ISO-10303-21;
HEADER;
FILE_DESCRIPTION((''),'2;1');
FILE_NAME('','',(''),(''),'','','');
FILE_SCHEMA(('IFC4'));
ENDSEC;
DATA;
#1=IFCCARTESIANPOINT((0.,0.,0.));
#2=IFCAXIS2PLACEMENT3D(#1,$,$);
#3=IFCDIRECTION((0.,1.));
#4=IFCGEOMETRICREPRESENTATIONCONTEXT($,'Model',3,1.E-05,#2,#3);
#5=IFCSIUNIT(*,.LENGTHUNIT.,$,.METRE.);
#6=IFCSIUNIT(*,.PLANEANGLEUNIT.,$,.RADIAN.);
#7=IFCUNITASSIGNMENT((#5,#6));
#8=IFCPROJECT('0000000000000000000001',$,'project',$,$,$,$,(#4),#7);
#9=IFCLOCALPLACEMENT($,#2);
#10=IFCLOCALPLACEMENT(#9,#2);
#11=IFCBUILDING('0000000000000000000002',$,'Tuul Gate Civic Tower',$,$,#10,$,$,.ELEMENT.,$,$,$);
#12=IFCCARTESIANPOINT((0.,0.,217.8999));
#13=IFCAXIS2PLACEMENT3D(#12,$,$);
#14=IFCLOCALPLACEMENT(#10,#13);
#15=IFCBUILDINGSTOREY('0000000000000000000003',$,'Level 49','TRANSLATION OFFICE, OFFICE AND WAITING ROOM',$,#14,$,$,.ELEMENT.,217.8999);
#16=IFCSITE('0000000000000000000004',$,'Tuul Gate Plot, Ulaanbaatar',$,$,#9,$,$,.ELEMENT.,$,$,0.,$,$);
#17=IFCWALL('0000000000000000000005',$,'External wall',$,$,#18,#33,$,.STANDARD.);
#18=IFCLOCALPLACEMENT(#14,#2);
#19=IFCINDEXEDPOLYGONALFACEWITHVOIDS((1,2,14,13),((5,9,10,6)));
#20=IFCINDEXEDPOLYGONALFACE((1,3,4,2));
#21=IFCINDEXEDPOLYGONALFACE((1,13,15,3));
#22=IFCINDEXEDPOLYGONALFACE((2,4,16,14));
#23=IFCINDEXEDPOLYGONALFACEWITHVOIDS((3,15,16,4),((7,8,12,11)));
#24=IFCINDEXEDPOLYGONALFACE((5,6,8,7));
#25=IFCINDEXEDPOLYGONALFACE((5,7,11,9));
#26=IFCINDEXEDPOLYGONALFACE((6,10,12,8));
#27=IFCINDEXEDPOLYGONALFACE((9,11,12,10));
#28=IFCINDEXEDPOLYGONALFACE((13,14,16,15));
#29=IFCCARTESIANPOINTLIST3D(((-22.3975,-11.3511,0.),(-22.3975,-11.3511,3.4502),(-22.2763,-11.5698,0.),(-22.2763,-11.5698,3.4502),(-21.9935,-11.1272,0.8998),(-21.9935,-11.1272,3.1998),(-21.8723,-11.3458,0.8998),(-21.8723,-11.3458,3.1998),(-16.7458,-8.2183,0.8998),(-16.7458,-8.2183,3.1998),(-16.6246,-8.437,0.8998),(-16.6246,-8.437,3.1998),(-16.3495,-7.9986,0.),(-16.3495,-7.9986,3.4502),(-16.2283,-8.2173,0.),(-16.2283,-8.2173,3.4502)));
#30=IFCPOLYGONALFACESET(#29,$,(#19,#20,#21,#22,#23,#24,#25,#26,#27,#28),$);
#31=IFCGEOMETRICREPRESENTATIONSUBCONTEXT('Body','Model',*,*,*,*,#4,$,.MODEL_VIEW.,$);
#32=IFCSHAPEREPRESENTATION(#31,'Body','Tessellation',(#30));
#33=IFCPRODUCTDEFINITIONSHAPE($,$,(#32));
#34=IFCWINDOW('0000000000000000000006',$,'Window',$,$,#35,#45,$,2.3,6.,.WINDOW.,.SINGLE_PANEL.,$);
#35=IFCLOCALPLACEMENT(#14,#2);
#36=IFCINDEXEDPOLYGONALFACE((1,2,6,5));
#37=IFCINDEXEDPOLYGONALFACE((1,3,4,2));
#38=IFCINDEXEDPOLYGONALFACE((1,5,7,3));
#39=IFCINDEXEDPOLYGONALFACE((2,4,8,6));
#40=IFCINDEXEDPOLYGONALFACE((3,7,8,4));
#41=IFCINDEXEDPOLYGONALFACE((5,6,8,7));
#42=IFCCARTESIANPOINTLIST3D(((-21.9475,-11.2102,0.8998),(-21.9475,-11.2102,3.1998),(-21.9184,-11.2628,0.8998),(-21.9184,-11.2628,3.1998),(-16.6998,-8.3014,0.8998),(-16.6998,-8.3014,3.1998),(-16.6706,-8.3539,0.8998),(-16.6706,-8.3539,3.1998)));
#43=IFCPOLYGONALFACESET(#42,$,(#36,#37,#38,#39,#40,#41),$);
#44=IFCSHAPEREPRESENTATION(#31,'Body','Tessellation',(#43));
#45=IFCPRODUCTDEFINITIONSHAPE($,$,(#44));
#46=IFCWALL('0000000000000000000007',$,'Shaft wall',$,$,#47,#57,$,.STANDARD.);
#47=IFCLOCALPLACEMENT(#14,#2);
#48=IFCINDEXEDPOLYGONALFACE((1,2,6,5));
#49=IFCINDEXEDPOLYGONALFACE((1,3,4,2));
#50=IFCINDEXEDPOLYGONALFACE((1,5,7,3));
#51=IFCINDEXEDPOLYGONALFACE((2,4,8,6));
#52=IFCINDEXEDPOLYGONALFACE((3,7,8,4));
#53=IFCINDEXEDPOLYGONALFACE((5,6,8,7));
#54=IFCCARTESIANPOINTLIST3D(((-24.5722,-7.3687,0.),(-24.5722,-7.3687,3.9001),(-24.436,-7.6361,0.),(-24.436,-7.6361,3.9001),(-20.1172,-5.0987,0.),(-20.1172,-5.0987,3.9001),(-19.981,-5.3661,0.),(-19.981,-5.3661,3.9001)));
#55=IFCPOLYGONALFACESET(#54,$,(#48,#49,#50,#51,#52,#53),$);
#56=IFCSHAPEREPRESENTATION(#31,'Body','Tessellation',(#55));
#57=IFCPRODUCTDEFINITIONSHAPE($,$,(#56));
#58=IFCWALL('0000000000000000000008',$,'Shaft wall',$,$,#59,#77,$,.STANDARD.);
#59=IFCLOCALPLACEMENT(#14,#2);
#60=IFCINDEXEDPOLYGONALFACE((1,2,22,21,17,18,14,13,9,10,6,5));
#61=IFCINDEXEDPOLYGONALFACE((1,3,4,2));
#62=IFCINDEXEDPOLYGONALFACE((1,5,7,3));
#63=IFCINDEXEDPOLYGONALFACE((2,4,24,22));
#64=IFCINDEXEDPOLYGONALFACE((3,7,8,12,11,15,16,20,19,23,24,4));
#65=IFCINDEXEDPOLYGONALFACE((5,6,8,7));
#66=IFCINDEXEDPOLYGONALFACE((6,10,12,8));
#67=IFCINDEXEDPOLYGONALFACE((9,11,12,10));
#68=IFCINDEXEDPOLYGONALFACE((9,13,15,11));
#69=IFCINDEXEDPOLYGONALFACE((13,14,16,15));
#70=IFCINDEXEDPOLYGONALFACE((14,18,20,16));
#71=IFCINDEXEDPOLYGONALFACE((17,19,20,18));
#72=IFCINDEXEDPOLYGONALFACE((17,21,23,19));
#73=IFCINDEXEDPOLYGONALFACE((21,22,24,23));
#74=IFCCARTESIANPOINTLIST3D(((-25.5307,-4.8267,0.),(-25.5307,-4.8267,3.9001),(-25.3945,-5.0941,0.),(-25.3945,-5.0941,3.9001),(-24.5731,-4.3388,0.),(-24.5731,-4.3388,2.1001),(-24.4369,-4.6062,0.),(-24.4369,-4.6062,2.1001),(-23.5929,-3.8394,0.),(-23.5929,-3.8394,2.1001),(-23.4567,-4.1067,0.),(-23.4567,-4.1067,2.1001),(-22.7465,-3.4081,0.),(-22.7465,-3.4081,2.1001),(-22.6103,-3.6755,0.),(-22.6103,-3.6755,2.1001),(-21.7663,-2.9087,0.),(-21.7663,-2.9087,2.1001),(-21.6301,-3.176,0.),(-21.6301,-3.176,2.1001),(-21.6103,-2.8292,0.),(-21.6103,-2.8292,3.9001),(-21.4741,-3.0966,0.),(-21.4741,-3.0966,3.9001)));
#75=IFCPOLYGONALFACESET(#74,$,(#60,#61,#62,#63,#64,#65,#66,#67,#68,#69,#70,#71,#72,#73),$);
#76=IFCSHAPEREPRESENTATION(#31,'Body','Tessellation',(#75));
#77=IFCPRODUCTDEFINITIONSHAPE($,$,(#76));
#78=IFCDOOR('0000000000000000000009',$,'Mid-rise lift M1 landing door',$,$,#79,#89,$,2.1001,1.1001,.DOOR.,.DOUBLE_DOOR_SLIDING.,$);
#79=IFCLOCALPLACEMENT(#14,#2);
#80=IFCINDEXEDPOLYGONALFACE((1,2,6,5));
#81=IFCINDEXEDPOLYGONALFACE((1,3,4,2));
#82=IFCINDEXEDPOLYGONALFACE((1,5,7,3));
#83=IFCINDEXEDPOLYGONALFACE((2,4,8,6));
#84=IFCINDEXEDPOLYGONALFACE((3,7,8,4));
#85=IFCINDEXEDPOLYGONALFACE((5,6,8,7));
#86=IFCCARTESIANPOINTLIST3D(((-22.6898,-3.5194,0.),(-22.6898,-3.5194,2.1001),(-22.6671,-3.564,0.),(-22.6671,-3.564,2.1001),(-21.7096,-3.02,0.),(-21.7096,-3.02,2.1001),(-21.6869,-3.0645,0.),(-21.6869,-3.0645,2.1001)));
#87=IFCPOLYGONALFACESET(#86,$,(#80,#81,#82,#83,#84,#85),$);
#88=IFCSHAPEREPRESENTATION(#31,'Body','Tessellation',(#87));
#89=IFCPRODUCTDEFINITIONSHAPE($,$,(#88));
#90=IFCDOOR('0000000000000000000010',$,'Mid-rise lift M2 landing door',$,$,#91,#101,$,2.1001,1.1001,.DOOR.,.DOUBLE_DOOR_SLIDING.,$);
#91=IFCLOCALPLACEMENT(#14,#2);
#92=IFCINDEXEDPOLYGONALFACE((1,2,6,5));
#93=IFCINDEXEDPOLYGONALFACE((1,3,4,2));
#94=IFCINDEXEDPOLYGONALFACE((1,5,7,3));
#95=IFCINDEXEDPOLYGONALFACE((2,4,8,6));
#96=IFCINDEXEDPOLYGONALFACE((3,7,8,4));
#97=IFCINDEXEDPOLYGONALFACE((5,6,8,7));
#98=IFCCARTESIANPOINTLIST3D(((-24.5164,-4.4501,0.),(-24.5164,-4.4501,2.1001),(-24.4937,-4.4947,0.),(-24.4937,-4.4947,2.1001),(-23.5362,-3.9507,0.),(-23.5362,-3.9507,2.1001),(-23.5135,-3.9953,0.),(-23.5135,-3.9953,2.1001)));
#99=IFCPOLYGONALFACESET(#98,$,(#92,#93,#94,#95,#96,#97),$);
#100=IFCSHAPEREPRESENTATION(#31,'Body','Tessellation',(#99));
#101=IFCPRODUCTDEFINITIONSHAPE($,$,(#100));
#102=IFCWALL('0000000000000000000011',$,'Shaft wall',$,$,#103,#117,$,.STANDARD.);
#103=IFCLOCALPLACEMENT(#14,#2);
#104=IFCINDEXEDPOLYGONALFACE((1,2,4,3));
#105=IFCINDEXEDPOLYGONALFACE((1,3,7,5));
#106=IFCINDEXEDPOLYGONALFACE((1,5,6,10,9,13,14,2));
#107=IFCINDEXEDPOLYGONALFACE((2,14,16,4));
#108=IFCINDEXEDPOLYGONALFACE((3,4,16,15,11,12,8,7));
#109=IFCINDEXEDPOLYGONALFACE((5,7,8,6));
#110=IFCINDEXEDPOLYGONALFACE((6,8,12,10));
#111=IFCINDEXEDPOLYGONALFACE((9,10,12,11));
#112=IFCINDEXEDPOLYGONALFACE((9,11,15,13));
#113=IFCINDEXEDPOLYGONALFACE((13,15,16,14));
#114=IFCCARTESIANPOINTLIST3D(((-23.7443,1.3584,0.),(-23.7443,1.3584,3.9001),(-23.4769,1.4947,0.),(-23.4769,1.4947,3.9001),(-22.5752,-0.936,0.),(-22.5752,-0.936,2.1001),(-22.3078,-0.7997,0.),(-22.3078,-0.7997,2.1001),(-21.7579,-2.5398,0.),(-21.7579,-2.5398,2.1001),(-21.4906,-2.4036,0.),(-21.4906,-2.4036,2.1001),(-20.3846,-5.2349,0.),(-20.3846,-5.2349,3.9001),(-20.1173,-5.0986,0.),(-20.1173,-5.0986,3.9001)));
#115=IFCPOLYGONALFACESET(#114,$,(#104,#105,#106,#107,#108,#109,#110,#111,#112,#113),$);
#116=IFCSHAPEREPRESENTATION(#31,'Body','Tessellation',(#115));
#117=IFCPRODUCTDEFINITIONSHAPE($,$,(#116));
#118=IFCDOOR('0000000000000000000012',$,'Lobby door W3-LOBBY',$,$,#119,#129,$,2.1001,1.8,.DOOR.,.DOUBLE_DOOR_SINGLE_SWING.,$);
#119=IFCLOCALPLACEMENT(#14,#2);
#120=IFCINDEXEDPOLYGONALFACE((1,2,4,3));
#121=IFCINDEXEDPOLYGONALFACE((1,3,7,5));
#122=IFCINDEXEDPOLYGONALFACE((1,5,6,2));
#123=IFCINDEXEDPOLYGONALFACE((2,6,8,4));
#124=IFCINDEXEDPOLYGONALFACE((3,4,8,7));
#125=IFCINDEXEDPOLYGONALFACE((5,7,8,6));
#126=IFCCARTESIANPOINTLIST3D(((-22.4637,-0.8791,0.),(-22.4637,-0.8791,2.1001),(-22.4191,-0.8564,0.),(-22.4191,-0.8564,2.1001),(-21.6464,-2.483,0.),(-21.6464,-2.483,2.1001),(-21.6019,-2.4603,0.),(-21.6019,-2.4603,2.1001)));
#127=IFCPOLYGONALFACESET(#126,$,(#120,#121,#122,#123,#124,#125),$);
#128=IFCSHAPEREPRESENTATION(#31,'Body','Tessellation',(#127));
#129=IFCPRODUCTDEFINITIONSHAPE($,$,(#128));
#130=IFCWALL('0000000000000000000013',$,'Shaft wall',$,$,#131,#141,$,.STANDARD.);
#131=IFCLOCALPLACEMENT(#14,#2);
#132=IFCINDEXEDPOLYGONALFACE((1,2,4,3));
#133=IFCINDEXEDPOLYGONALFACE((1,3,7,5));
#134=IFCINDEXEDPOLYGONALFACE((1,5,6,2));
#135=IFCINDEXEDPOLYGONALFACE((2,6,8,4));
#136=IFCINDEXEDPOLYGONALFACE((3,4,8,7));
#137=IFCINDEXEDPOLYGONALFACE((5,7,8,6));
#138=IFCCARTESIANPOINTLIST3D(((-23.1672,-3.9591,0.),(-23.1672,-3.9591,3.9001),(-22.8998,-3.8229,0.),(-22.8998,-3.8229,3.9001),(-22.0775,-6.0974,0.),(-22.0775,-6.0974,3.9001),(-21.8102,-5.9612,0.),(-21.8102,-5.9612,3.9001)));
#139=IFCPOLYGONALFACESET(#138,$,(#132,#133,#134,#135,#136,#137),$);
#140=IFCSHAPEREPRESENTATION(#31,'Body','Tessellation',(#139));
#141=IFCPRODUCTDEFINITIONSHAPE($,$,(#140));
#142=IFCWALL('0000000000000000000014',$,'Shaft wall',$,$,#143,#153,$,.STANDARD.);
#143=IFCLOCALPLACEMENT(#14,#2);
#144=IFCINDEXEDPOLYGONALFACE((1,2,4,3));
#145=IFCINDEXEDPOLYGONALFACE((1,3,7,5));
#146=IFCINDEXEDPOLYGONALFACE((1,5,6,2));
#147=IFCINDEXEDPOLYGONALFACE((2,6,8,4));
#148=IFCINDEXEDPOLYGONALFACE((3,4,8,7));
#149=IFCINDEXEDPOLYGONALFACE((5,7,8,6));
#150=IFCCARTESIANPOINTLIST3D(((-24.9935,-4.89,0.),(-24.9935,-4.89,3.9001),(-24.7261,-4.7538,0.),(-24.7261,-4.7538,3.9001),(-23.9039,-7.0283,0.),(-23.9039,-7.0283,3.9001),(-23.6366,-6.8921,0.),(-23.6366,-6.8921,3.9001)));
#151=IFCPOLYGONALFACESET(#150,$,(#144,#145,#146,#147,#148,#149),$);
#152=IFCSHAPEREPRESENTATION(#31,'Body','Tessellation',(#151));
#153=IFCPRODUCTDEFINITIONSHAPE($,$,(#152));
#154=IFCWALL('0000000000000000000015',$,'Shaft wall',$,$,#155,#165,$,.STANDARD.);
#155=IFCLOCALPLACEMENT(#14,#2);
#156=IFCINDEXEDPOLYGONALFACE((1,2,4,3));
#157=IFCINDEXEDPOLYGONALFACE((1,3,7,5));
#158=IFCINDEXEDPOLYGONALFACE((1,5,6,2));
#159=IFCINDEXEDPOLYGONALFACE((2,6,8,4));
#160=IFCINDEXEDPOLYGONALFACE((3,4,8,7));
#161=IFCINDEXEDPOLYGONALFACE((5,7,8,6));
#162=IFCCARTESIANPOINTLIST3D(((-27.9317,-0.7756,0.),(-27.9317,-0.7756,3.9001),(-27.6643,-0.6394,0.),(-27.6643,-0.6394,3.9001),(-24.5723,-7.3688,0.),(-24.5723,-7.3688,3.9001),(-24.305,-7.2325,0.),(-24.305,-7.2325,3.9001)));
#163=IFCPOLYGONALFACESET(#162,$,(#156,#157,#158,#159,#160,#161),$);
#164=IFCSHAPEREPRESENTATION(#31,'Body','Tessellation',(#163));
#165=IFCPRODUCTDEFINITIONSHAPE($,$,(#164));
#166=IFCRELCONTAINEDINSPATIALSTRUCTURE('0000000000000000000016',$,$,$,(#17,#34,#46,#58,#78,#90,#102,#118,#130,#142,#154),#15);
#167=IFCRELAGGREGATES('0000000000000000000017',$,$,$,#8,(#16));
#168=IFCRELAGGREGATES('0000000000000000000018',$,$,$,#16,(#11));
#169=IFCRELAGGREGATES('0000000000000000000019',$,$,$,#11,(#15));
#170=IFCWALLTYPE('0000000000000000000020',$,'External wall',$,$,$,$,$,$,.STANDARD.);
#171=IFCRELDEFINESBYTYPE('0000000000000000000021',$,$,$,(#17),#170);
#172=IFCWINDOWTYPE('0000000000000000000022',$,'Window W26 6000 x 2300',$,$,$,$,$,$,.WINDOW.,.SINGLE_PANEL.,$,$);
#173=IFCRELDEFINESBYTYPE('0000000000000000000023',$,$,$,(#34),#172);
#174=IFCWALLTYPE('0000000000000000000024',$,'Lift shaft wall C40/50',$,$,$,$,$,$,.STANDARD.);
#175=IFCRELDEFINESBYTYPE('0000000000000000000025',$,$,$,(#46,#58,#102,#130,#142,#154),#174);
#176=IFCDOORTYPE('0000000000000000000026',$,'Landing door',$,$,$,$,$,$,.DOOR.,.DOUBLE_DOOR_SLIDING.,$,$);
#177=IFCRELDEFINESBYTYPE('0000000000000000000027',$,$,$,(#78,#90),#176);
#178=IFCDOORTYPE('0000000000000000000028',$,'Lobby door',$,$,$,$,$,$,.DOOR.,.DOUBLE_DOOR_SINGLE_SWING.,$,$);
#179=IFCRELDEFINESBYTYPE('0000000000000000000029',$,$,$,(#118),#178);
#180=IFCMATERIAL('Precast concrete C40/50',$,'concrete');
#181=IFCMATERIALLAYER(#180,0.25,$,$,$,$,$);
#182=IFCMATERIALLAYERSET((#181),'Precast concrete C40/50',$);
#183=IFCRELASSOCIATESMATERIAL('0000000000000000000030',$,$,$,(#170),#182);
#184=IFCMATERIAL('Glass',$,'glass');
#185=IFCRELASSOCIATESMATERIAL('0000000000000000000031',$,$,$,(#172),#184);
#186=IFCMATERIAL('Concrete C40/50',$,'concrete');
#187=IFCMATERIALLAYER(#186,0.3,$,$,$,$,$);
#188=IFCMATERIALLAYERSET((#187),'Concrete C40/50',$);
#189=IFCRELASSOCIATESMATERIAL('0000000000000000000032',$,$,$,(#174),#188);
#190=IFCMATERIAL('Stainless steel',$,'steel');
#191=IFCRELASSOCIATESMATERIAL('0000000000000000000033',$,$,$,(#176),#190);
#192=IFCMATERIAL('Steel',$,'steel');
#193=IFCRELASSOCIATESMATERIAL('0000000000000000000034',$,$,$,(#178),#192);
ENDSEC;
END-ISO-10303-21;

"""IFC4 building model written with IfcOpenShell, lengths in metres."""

from ifc_helpers import new_model, si_unit, direction, frame, frame_2d, origin, place, context, subcontext, project, spatial, rectangle, extrude, material, layer, layer_set, type_object, element, fill, save


model = new_model("IFC4")

# Units and contexts
model_context = context("Model", 3, precision=1e-05, world=origin(), true_north=direction((0.0, 1.0)))
body_context = subcontext(model_context, "Body", "Model", "MODEL_VIEW")
ifc_project = project(units=[si_unit("LENGTHUNIT", "METRE"), si_unit("PLANEANGLEUNIT", "RADIAN")], contexts=[model_context])

# Site, building, storey
site_placement = place(None, origin())
site = spatial("IfcSite", under=ifc_project, at=site_placement, Name="Tuul Gate Plot, Ulaanbaatar", CompositionType="ELEMENT", RefElevation=0.0)
building_placement = place(site_placement, origin())
building = spatial("IfcBuilding", under=site, at=building_placement, Name="Tuul Gate Civic Tower", CompositionType="ELEMENT")
storey_placement = place(building_placement, frame((0.0, 0.0, 217.8999)))
storey = spatial("IfcBuildingStorey", under=building, at=storey_placement, Name="Level 49", Description="TRANSLATION OFFICE, OFFICE AND WAITING ROOM", CompositionType="ELEMENT", Elevation=217.8999)

# Wall, opening, window
ifc_material_1 = material(Name="Precast concrete C40/50", Category="concrete")
ifc_layer_1 = layer(ifc_material_1, 0.25)
ifc_layer_set_1 = layer_set([ifc_layer_1], Name="Precast concrete C40/50")
wall_type_1 = type_object("IfcWallType", Name="External wall", PredefinedType="STANDARD", material=ifc_layer_set_1)
wall_1_placement = place(storey_placement, frame((-22.3369, -11.4604, 0.0), z_axis=(0.0, 0.0, 1.0), x_axis=(0.874618, 0.484812, 0.0)))
wall_1 = element("IfcWall", 1, at=wall_1_placement, inside=storey, type_object=wall_type_1, Name="External wall", PredefinedType="STANDARD", context=body_context, shape_type="SweptSolid", body=[
    extrude(rectangle(XDim=6.915, YDim=0.25, at=frame_2d((3.4575, 0.0))), origin(), (0.0, 0.0, 1.0), 3.4502),
])
opening_1_placement = place(wall_1_placement, frame((0.4619, 0.0, 0.8999)))
opening_1 = element("IfcOpeningElement", 2, at=opening_1_placement, cuts=wall_1, PredefinedType="OPENING", context=body_context, shape_type="SweptSolid", body=[
    extrude(rectangle(XDim=6.0, YDim=2.3, at=frame_2d((3.0, 1.1499))), frame((0.0, 0.135, 0.0), z_axis=(0.0, -1.0, 0.0), x_axis=(1.0, 0.0, 0.0)), (0.0, 0.0, 1.0), 0.27),
])
ifc_material_2 = material(Name="Glass", Category="glass")
window_type = type_object("IfcWindowType", Name="Window W26 6000 x 2300", PartitioningType="SINGLE_PANEL", PredefinedType="WINDOW", material=ifc_material_2)
window_placement = place(opening_1_placement, origin())
window = element("IfcWindow", 3, at=window_placement, inside=storey, type_object=window_type, Name="Window", OverallHeight=2.3, OverallWidth=6.0, PartitioningType="SINGLE_PANEL", PredefinedType="WINDOW", context=body_context, shape_type="SweptSolid", body=[
    extrude(rectangle(XDim=6.0, YDim=2.3, at=frame_2d((3.0, 1.1499))), frame((0.0, 0.03, 0.0), z_axis=(0.0, -1.0, 0.0), x_axis=(1.0, 0.0, 0.0)), (0.0, 0.0, 1.0), 0.0601),
])
fill(opening_1, window)

# Wall
ifc_material_3 = material(Name="Concrete C40/50", Category="concrete")
ifc_layer_2 = layer(ifc_material_3, 0.3)
ifc_layer_set_2 = layer_set([ifc_layer_2], Name="Concrete C40/50")
wall_type_2 = type_object("IfcWallType", Name="Lift shaft wall C40/50", PredefinedType="STANDARD", material=ifc_layer_set_2)
wall_2_placement = place(storey_placement, frame((-20.0491, -5.2324, 0.0), z_axis=(0.0, 0.0, 1.0), x_axis=(-0.891003, -0.453997, 0.0)))
element("IfcWall", 4, at=wall_2_placement, inside=storey, type_object=wall_type_2, Name="Shaft wall", PredefinedType="STANDARD", context=body_context, shape_type="SweptSolid", body=[
    extrude(rectangle(XDim=5.0, YDim=0.3, at=frame_2d((2.5, 0.0))), origin(), (0.0, 0.0, 1.0), 3.9001),
])

# Wall, openings, doors
wall_3_placement = place(storey_placement, frame((-21.5422, -2.9629, 0.0), z_axis=(0.0, 0.0, 1.0), x_axis=(-0.891006, -0.453992, 0.0)))
wall_3 = element("IfcWall", 5, at=wall_3_placement, inside=storey, type_object=wall_type_2, Name="Shaft wall", PredefinedType="STANDARD", context=body_context, shape_type="SweptSolid", body=[
    extrude(rectangle(XDim=4.3999, YDim=0.3, at=frame_2d((2.2, 0.0))), origin(), (0.0, 0.0, 1.0), 3.9001),
])
opening_2_placement = place(wall_3_placement, frame((0.175, 0.0, 0.0)))
opening_2 = element("IfcOpeningElement", 6, at=opening_2_placement, cuts=wall_3, PredefinedType="OPENING", context=body_context, shape_type="SweptSolid", body=[
    extrude(rectangle(XDim=1.1001, YDim=2.1001, at=frame_2d((0.55, 1.05))), frame((0.0, 0.1602, 0.0), z_axis=(0.0, -1.0, 0.0), x_axis=(1.0, 0.0, 0.0)), (0.0, 0.0, 1.0), 0.3201),
])
opening_3_placement = place(wall_3_placement, frame((2.2251, 0.0, 0.0)))
opening_3 = element("IfcOpeningElement", 7, at=opening_3_placement, cuts=wall_3, PredefinedType="OPENING", context=body_context, shape_type="SweptSolid", body=[
    extrude(rectangle(XDim=1.1001, YDim=2.1001, at=frame_2d((0.55, 1.05))), frame((0.0, 0.1602, 0.0), z_axis=(0.0, -1.0, 0.0), x_axis=(1.0, 0.0, 0.0)), (0.0, 0.0, 1.0), 0.3201),
])
ifc_material_4 = material(Name="Stainless steel", Category="steel")
door_type_1 = type_object("IfcDoorType", Name="Landing door", OperationType="DOUBLE_DOOR_SLIDING", PredefinedType="DOOR", material=ifc_material_4)
door_1_placement = place(opening_2_placement, origin())
door_1 = element("IfcDoor", 8, at=door_1_placement, inside=storey, type_object=door_type_1, Name="Mid-rise lift M1 landing door", OperationType="DOUBLE_DOOR_SLIDING", OverallHeight=2.1001, OverallWidth=1.1001, PredefinedType="DOOR", context=body_context, shape_type="SweptSolid", body=[
    extrude(rectangle(XDim=1.1001, YDim=2.1001, at=frame_2d((0.55, 1.05))), frame((0.0, 0.0249, 0.0), z_axis=(0.0, -1.0, 0.0), x_axis=(1.0, 0.0, 0.0)), (0.0, 0.0, 1.0), 0.05),
])
fill(opening_2, door_1)
door_2_placement = place(opening_3_placement, origin())
door_2 = element("IfcDoor", 9, at=door_2_placement, inside=storey, type_object=door_type_1, Name="Mid-rise lift M2 landing door", OperationType="DOUBLE_DOOR_SLIDING", OverallHeight=2.1001, OverallWidth=1.1001, PredefinedType="DOOR", context=body_context, shape_type="SweptSolid", body=[
    extrude(rectangle(XDim=1.1001, YDim=2.1001, at=frame_2d((0.55, 1.05))), frame((0.0, 0.0249, 0.0), z_axis=(0.0, -1.0, 0.0), x_axis=(1.0, 0.0, 0.0)), (0.0, 0.0, 1.0), 0.05),
])
fill(opening_3, door_2)

# Wall, opening, door
wall_4_placement = place(storey_placement, frame((-20.251, -5.1667, 0.0), z_axis=(0.0, 0.0, 1.0), x_axis=(-0.45401, 0.890996, 0.0)))
wall_4 = element("IfcWall", 10, at=wall_4_placement, inside=storey, type_object=wall_type_2, Name="Shaft wall", PredefinedType="STANDARD", context=body_context, shape_type="SweptSolid", body=[
    extrude(rectangle(XDim=7.3999, YDim=0.3, at=frame_2d((3.7, 0.0))), origin(), (0.0, 0.0, 1.0), 3.9001),
])
opening_4_placement = place(wall_4_placement, frame((3.0249, 0.0, 0.0)))
opening_4 = element("IfcOpeningElement", 11, at=opening_4_placement, cuts=wall_4, PredefinedType="OPENING", context=body_context, shape_type="SweptSolid", body=[
    extrude(rectangle(XDim=1.8, YDim=2.1001, at=frame_2d((0.8999, 1.05))), frame((0.0, 0.1602, 0.0), z_axis=(0.0, -1.0, 0.0), x_axis=(1.0, 0.0, 0.0)), (0.0, 0.0, 1.0), 0.3201),
])
ifc_material_5 = material(Name="Steel", Category="steel")
door_type_2 = type_object("IfcDoorType", Name="Lobby door", OperationType="DOUBLE_DOOR_SINGLE_SWING", PredefinedType="DOOR", material=ifc_material_5)
door_3_placement = place(opening_4_placement, origin())
door_3 = element("IfcDoor", 12, at=door_3_placement, inside=storey, type_object=door_type_2, Name="Lobby door W3-LOBBY", OperationType="DOUBLE_DOOR_SINGLE_SWING", OverallHeight=2.1001, OverallWidth=1.8, PredefinedType="DOOR", context=body_context, shape_type="SweptSolid", body=[
    extrude(rectangle(XDim=1.8, YDim=2.1001, at=frame_2d((0.8999, 1.05))), frame((0.0, 0.0249, 0.0), z_axis=(0.0, -1.0, 0.0), x_axis=(1.0, 0.0, 0.0)), (0.0, 0.0, 1.0), 0.05),
])
fill(opening_4, door_3)

# Walls
for number, where, z_axis, x_axis, name in (
    (13, (-21.9438, -6.0293, 0.0), (0.0, 0.0, 1.0), (-0.454037, 0.890983, 0.0), "Shaft wall"),
    (14, (-23.7703, -6.9602, 0.0), (0.0, 0.0, 1.0), (-0.453996, 0.891004, 0.0), "Shaft wall"),
):
    element("IfcWall", number, at=place(storey_placement, frame(where, z_axis=z_axis, x_axis=x_axis)), inside=storey, type_object=wall_type_2, Name=name, PredefinedType="STANDARD", context=body_context, shape_type="SweptSolid", body=[
        extrude(rectangle(XDim=2.3999, YDim=0.3, at=frame_2d((1.2, 0.0))), origin(), (0.0, 0.0, 1.0), 3.9001),
    ])
wall_5_placement = place(storey_placement, frame((-24.4387, -7.3005, 0.0), z_axis=(0.0, 0.0, 1.0), x_axis=(-0.453984, 0.89101, 0.0)))
element("IfcWall", 15, at=wall_5_placement, inside=storey, type_object=wall_type_2, Name="Shaft wall", PredefinedType="STANDARD", context=body_context, shape_type="SweptSolid", body=[
    extrude(rectangle(XDim=7.3997, YDim=0.3, at=frame_2d((3.6997, 0.0))), origin(), (0.0, 0.0, 1.0), 3.9001),
])

save(model, "model.ifc")
